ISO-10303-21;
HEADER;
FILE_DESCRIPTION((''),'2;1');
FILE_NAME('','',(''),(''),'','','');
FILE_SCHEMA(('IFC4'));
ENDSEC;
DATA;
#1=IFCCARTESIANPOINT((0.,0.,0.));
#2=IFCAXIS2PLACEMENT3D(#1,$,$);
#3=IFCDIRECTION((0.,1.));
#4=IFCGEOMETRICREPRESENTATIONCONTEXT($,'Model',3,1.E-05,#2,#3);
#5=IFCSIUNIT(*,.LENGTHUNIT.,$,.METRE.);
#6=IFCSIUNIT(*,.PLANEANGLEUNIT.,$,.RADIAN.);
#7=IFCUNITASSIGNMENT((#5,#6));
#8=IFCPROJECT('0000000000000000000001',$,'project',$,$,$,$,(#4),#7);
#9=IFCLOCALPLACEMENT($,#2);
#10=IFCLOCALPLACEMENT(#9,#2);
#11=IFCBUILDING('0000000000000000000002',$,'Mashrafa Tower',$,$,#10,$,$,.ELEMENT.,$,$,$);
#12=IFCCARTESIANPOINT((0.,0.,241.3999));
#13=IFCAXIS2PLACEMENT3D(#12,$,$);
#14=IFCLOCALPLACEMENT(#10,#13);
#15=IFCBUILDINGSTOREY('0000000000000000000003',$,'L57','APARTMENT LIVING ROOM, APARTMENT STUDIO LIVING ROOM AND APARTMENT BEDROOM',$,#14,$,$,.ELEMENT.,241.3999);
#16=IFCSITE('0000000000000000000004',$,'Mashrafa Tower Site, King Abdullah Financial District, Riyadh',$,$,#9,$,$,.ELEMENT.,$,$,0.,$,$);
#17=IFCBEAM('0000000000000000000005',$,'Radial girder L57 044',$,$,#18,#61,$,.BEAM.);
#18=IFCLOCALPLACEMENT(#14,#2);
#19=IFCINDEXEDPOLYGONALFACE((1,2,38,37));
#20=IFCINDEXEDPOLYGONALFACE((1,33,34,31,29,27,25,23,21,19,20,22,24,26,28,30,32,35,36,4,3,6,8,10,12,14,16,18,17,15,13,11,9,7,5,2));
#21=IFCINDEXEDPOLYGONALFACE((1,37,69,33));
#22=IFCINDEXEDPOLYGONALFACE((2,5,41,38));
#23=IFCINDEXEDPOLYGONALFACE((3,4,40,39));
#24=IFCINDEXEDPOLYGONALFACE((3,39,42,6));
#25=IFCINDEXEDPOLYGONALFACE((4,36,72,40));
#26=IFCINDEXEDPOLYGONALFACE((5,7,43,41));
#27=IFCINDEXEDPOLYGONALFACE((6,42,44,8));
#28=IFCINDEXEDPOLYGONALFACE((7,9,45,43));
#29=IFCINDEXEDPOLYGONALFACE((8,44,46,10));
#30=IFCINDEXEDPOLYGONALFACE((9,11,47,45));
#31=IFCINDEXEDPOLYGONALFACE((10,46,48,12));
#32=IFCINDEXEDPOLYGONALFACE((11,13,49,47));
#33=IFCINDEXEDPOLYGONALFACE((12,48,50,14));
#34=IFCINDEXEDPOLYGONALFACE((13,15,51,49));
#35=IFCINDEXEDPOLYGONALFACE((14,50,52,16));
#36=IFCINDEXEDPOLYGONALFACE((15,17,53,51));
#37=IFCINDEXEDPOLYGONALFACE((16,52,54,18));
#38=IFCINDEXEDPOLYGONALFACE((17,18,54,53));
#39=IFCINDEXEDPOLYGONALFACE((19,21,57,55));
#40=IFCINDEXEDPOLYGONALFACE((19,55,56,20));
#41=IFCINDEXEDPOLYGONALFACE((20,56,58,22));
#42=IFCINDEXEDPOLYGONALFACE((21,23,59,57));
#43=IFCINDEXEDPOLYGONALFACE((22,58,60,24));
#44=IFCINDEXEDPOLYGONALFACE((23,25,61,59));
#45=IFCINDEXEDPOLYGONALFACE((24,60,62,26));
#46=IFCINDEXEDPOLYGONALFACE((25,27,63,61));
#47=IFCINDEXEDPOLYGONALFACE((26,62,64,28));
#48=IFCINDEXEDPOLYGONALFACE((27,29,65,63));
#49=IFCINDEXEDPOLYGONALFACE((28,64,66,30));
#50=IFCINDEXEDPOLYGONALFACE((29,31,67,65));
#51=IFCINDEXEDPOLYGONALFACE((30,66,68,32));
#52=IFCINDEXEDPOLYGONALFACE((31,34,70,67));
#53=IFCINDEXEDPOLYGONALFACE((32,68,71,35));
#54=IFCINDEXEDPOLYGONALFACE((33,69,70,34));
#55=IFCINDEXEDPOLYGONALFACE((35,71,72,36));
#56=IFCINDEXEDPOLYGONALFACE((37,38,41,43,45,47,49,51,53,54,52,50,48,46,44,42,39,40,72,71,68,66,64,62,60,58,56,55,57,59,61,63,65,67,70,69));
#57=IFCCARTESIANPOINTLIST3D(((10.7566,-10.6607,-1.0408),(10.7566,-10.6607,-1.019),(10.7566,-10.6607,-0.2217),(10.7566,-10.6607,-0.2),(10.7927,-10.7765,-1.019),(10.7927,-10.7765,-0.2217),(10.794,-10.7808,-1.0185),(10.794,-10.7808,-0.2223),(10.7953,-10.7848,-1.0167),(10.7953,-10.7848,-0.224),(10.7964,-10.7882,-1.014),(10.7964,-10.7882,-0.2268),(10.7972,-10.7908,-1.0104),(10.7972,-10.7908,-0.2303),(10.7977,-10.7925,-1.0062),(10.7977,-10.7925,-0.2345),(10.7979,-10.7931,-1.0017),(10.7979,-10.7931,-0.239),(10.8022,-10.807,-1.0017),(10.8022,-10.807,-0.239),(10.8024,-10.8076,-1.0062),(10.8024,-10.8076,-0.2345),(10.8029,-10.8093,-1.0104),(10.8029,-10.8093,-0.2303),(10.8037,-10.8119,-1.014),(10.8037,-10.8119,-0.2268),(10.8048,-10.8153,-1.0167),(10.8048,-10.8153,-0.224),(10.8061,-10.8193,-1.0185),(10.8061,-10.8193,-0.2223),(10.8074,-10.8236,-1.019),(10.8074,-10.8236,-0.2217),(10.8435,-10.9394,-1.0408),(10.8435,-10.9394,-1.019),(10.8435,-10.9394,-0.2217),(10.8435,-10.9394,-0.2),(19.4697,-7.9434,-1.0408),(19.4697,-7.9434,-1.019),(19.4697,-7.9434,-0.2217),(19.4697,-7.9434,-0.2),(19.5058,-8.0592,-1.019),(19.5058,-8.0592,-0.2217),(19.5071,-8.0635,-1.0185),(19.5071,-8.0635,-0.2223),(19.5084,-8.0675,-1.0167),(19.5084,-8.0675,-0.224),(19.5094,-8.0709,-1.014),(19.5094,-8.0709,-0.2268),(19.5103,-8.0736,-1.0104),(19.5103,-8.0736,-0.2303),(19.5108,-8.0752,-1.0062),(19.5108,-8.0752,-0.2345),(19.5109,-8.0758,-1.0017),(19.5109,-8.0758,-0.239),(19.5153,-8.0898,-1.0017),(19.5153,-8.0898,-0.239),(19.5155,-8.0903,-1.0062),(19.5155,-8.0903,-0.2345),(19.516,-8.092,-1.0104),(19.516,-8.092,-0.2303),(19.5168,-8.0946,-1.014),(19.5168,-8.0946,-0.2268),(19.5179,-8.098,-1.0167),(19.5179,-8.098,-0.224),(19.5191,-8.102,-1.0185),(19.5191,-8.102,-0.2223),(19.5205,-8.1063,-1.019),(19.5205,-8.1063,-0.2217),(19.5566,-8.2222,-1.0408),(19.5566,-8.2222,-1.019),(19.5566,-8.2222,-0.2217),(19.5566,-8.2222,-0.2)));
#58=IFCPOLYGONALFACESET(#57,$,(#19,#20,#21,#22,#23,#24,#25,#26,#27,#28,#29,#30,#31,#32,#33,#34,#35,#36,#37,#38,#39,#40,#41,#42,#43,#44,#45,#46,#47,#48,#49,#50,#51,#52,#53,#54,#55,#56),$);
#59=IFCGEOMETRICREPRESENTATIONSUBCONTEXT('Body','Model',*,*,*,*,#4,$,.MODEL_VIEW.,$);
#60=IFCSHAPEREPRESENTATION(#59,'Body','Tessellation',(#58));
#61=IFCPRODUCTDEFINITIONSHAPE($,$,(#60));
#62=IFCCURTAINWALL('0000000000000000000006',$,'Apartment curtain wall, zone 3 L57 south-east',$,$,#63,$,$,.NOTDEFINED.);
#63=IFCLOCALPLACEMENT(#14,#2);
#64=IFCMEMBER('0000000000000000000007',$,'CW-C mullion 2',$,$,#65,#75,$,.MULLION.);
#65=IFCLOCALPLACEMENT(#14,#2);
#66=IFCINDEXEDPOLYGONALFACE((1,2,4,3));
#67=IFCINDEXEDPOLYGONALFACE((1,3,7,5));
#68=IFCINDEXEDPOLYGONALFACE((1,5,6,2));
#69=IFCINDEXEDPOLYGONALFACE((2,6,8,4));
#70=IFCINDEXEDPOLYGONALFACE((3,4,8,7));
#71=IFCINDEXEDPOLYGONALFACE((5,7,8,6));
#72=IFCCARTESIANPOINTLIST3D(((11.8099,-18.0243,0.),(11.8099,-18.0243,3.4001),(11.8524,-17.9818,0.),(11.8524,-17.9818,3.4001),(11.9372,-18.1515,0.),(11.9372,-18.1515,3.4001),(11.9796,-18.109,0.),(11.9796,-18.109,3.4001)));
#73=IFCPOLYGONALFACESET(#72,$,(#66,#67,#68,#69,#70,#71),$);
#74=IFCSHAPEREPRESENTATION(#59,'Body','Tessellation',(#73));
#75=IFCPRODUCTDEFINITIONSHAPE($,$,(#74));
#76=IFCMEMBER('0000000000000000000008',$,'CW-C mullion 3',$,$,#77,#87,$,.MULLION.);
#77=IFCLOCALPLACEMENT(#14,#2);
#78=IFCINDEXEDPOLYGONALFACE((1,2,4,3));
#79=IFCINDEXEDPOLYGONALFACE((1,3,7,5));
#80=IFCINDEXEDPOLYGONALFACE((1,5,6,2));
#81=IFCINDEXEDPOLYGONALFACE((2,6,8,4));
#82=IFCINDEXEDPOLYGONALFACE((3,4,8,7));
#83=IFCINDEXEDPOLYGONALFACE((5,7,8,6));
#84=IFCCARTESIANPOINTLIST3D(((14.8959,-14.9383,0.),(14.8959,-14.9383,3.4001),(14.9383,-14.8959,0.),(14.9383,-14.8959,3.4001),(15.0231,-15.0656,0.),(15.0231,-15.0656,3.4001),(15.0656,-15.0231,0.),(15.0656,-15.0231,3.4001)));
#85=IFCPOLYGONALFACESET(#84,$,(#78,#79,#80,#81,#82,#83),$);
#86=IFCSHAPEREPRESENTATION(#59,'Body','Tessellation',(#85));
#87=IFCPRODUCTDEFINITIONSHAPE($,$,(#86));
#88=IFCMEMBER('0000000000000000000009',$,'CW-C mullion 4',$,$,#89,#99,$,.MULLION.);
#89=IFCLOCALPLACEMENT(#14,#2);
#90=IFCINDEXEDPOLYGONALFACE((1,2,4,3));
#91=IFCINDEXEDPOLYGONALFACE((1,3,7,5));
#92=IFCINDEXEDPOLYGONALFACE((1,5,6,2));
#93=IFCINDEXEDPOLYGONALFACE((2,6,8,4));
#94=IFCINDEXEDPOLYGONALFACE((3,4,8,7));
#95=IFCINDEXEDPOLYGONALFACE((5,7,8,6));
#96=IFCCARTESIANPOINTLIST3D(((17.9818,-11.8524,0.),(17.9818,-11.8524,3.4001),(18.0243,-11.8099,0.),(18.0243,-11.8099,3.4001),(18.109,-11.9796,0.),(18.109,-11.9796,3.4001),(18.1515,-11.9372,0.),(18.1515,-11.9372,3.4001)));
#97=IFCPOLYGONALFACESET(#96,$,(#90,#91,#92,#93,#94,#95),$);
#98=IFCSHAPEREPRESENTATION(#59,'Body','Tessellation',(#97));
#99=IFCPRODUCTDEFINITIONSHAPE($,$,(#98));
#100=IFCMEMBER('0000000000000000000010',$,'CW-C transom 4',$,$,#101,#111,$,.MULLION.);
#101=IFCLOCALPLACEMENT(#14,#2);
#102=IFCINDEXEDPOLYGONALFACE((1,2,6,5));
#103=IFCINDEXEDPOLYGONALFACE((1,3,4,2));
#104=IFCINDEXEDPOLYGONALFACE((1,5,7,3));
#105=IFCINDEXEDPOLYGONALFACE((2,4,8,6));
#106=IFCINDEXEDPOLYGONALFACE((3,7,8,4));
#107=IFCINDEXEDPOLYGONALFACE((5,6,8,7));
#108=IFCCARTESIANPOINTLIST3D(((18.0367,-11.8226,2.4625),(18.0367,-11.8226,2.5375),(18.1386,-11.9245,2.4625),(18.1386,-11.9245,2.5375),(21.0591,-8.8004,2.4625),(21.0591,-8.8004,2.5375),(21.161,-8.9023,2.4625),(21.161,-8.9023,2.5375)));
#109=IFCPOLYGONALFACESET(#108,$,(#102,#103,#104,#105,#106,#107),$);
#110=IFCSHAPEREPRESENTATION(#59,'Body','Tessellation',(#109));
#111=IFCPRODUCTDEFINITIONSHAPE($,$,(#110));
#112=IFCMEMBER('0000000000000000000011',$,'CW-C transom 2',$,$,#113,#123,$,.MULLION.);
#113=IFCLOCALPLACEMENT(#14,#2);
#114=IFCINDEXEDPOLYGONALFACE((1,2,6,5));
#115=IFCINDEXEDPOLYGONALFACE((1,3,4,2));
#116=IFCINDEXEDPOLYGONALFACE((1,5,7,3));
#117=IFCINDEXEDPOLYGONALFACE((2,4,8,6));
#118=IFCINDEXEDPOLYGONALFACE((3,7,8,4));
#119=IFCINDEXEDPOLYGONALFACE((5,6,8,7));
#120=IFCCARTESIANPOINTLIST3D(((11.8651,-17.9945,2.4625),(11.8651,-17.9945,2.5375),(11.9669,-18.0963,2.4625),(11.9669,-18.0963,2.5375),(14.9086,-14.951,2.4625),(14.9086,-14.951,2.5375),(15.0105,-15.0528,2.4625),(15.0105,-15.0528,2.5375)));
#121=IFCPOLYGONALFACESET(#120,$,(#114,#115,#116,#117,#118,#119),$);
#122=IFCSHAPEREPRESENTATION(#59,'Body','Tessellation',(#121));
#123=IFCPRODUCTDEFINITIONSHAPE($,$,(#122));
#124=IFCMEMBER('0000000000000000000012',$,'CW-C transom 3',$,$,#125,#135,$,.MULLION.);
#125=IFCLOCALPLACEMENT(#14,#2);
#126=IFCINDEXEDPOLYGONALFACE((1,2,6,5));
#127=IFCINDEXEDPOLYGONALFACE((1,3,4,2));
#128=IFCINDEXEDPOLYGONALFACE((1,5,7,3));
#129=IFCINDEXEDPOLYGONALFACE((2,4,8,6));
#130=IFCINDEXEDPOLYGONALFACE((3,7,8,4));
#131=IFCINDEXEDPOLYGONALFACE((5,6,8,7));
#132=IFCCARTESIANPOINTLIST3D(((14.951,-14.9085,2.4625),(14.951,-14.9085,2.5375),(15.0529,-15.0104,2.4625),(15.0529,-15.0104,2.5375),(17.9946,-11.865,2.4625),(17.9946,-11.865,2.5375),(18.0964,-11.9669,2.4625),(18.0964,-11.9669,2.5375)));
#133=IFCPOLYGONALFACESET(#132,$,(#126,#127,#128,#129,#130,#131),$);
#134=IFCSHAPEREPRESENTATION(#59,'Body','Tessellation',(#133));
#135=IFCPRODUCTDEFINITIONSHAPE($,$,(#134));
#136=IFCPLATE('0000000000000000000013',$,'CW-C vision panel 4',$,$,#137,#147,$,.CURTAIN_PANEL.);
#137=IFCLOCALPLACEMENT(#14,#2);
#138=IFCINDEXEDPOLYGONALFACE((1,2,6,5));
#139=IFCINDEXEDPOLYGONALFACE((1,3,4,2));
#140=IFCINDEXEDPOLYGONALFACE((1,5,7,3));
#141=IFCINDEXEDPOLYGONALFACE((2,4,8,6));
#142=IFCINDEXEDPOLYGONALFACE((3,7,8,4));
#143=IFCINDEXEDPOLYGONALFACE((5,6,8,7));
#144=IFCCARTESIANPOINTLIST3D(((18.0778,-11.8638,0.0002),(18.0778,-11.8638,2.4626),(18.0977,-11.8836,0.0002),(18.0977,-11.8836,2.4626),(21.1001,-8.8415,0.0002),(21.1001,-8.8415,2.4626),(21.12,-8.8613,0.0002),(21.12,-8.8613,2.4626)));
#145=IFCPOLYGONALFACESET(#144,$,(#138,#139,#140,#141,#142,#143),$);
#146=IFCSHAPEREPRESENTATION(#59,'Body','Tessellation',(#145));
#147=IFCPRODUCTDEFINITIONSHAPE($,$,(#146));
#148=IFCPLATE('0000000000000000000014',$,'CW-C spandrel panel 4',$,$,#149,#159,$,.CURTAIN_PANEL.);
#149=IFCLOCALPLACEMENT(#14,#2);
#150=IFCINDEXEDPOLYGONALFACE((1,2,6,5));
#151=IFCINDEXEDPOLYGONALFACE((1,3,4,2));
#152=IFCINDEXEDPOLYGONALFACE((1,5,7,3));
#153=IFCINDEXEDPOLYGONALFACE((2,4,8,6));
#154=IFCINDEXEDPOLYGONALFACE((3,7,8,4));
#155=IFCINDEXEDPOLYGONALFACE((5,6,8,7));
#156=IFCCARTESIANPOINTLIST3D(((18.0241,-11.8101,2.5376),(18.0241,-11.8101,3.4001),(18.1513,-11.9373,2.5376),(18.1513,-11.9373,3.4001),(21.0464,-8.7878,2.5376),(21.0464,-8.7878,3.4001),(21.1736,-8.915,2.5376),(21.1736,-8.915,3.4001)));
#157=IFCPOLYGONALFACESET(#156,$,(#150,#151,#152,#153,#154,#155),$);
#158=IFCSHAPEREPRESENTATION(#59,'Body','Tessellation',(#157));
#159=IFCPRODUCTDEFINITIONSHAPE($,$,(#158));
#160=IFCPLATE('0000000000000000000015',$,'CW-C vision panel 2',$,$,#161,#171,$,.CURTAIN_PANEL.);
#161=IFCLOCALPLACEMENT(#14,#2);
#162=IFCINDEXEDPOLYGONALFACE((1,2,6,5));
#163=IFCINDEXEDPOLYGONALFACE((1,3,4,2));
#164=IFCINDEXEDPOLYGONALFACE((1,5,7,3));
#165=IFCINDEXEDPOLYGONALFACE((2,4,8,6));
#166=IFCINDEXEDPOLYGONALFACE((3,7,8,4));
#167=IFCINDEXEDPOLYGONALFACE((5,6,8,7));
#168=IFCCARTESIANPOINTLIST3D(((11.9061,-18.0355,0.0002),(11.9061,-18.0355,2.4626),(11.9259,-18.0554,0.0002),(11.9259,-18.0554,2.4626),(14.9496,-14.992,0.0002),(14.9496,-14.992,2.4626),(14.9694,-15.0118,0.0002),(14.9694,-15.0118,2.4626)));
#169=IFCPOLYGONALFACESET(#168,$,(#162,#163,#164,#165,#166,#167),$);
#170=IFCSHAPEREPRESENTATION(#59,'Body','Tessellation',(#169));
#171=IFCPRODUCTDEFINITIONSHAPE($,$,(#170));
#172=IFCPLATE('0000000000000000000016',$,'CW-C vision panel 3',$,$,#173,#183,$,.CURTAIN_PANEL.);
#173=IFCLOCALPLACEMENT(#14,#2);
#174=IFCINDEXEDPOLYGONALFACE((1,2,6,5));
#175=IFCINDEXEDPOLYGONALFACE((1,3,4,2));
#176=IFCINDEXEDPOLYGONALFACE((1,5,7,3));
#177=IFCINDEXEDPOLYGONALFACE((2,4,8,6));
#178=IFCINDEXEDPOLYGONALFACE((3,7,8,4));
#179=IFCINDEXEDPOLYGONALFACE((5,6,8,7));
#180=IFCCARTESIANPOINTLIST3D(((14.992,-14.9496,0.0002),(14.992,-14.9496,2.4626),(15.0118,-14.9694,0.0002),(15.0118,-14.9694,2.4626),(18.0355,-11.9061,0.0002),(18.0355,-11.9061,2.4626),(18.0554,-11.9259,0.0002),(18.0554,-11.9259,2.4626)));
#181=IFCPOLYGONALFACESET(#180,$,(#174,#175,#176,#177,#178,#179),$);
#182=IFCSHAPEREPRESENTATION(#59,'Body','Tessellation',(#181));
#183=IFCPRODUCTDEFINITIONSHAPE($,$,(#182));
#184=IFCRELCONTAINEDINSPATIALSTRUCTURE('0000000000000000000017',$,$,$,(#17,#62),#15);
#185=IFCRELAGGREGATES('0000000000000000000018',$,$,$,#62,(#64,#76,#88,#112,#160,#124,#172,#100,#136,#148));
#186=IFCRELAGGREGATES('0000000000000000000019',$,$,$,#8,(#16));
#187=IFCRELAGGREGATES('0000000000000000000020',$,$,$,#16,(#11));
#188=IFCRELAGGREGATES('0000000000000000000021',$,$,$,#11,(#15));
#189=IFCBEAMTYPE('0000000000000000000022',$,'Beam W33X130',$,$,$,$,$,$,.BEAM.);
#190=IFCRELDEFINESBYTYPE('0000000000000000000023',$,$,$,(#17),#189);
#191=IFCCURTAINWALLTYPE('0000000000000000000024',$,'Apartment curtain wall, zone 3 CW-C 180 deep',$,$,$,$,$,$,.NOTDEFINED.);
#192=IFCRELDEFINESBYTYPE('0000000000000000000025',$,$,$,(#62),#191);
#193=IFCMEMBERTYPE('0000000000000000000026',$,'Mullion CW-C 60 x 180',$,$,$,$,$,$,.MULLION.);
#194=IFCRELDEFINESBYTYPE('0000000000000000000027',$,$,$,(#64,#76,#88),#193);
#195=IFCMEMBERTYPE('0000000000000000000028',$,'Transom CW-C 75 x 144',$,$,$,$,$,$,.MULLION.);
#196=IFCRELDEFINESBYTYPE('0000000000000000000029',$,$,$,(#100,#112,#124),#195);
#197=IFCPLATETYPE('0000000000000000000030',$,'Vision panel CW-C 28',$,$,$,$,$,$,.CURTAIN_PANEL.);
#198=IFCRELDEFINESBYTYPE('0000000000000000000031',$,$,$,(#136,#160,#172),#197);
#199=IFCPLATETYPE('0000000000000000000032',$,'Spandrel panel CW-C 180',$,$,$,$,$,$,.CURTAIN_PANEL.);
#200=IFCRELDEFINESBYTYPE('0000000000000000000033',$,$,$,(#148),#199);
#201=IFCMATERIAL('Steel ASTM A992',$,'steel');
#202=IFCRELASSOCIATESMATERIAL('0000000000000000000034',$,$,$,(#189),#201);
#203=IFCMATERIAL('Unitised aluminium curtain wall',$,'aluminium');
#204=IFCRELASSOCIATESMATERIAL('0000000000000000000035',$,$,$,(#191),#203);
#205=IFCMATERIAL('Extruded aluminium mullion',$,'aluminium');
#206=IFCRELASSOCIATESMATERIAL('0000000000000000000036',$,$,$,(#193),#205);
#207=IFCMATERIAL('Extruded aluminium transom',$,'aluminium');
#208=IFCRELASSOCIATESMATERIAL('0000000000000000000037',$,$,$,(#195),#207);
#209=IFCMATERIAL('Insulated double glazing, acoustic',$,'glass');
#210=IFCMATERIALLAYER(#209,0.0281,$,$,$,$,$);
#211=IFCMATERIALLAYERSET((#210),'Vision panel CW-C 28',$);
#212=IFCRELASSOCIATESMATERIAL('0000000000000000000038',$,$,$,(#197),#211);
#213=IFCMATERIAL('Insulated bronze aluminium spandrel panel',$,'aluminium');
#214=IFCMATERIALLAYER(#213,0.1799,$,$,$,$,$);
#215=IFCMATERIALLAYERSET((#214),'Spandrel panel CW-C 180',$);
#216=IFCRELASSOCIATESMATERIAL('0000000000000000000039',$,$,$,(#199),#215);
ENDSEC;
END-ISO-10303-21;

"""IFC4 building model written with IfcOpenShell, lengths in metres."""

from ifc_helpers import new_model, si_unit, direction, frame, origin, origin_2d, place, context, subcontext, project, spatial, rectangle, i_section, extrude, source, transform, mapped, material, layer, layer_set, material_profile, profile_set, type_object, type_shapes, element, aggregate, save


model = new_model("IFC4")

# Units and contexts
model_context = context("Model", 3, precision=1e-05, world=origin(), true_north=direction((0.0, 1.0)))
body_context = subcontext(model_context, "Body", "Model", "MODEL_VIEW")
ifc_project = project(units=[si_unit("LENGTHUNIT", "METRE"), si_unit("PLANEANGLEUNIT", "RADIAN")], contexts=[model_context])

# Site, building, storey
site_placement = place(None, origin())
site = spatial("IfcSite", under=ifc_project, at=site_placement, Name="Mashrafa Tower Site, King Abdullah Financial District, Riyadh", CompositionType="ELEMENT", RefElevation=0.0)
building_placement = place(site_placement, origin())
building = spatial("IfcBuilding", under=site, at=building_placement, Name="Mashrafa Tower", CompositionType="ELEMENT")
storey_placement = place(building_placement, frame((0.0, 0.0, 241.3999)))
storey = spatial("IfcBuildingStorey", under=building, at=storey_placement, Name="L57", Description="APARTMENT LIVING ROOM, APARTMENT STUDIO LIVING ROOM AND APARTMENT BEDROOM", CompositionType="ELEMENT", Elevation=241.3999)

# Beam
ifc_material_1 = material(Name="Steel ASTM A992", Category="steel")
ifc_material_profile_1 = material_profile(ifc_material_1, i_section(OverallWidth=0.292, OverallDepth=0.8408, WebThickness=0.0146, FlangeThickness=0.0217, FilletRadius=0.0173, at=origin_2d()), Name="W33X130")
ifc_profile_set_1 = profile_set([ifc_material_profile_1], Name="Steel ASTM A992")
beam_type_1 = type_object("IfcBeamType", Name="Beam W33X130", PredefinedType="BEAM", material=ifc_profile_set_1)
beam_1_placement = place(storey_placement, frame((10.8, -10.8, -0.6204), z_axis=(0.954654, 0.297719, 0.0), x_axis=(-0.297719, 0.954654, 0.0)))
element("IfcBeam", 1, at=beam_1_placement, inside=storey, type_object=beam_type_1, Name="Radial girder L57 044", PredefinedType="BEAM", context=body_context, shape_type="SweptSolid", body=[
    extrude(i_section(OverallWidth=0.292, OverallDepth=0.8408, WebThickness=0.0146, FlangeThickness=0.0217, FilletRadius=0.0173, at=origin_2d()), origin(), (0.0, 0.0, 1.0), 9.127),
])

# Curtain wall, members, plates
ifc_material_2 = material(Name="Unitised aluminium curtain wall", Category="aluminium")
curtain_wall_type = type_object("IfcCurtainWallType", Name="Apartment curtain wall, zone 3 CW-C 180 deep", PredefinedType="NOTDEFINED", material=ifc_material_2)
curtain_wall_placement = place(storey_placement, origin())
curtain_wall = element("IfcCurtainWall", 2, at=curtain_wall_placement, inside=storey, type_object=curtain_wall_type, Name="Apartment curtain wall, zone 3 L57 south-east", PredefinedType="NOTDEFINED")
ifc_material_3 = material(Name="Extruded aluminium mullion", Category="aluminium")
ifc_material_profile_2 = material_profile(ifc_material_3, rectangle(XDim=0.1799, YDim=0.0601, at=origin_2d()), Name="Mullion 60x180")
ifc_profile_set_2 = profile_set([ifc_material_profile_2], Name="Extruded aluminium mullion")
member_type_1 = type_object("IfcMemberType", Name="Mullion CW-C 60 x 180", PredefinedType="MULLION", material=ifc_profile_set_2)
shared_shape_1 = source(origin(), body_context, "Body", "SweptSolid", [
    extrude(rectangle(XDim=0.1799, YDim=0.0601, at=origin_2d()), origin(), (0.0, 0.0, 1.0), 3.4001),
])
type_shapes(member_type_1, [shared_shape_1])
member_1_placement = place(storey_placement, frame((11.8948, -18.0667, 0.0), z_axis=(0.0, 0.0, 1.0), x_axis=(-0.707107, 0.707107, 0.0)))
member_1 = element("IfcMember", 3, at=member_1_placement, type_object=member_type_1, Name="CW-C mullion 2", PredefinedType="MULLION", context=body_context, shape_type="MappedRepresentation", body=[
    mapped(shared_shape_1, transform((0.0, 0.0, 0.0))),
])
member_2_placement = place(storey_placement, frame((14.9807, -14.9807, 0.0), z_axis=(0.0, 0.0, 1.0), x_axis=(-0.707107, 0.707107, 0.0)))
member_2 = element("IfcMember", 4, at=member_2_placement, type_object=member_type_1, Name="CW-C mullion 3", PredefinedType="MULLION", context=body_context, shape_type="MappedRepresentation", body=[
    mapped(shared_shape_1, transform((0.0, 0.0, 0.0))),
])
member_3_placement = place(storey_placement, frame((18.0667, -11.8948, 0.0), z_axis=(0.0, 0.0, 1.0), x_axis=(-0.707107, 0.707107, 0.0)))
member_3 = element("IfcMember", 5, at=member_3_placement, type_object=member_type_1, Name="CW-C mullion 4", PredefinedType="MULLION", context=body_context, shape_type="MappedRepresentation", body=[
    mapped(shared_shape_1, transform((0.0, 0.0, 0.0))),
])
ifc_material_4 = material(Name="Extruded aluminium transom", Category="aluminium")
ifc_material_profile_3 = material_profile(ifc_material_4, rectangle(XDim=0.144, YDim=0.075, at=origin_2d()), Name="Transom 75x144")
ifc_profile_set_3 = profile_set([ifc_material_profile_3], Name="Extruded aluminium transom")
member_type_2 = type_object("IfcMemberType", Name="Transom CW-C 75 x 144", PredefinedType="MULLION", material=ifc_profile_set_3)
shared_shape_2 = source(origin(), body_context, "Body", "SweptSolid", [
    extrude(rectangle(XDim=0.144, YDim=0.075, at=origin_2d()), origin(), (0.0, 0.0, 1.0), 4.2742),
])
member_4_placement = place(storey_placement, frame((18.0876, -11.8735, 2.5), z_axis=(0.707135, 0.707078, 0.0), x_axis=(-0.707078, 0.707135, 0.0)))
member_4 = element("IfcMember", 6, at=member_4_placement, type_object=member_type_2, Name="CW-C transom 4", PredefinedType="MULLION", context=body_context, shape_type="MappedRepresentation", body=[
    mapped(shared_shape_2, transform((0.0, 0.0, 0.0))),
])
shared_shape_3 = source(origin(), body_context, "Body", "SweptSolid", [
    extrude(rectangle(XDim=0.144, YDim=0.075, at=origin_2d()), origin(), (0.0, 0.0, 1.0), 4.3042),
])
type_shapes(member_type_2, [shared_shape_2, shared_shape_3])
member_5_placement = place(storey_placement, frame((11.916, -18.0454, 2.5), z_axis=(0.707107, 0.707107, 0.0), x_axis=(-0.707107, 0.707107, 0.0)))
member_5 = element("IfcMember", 7, at=member_5_placement, type_object=member_type_2, Name="CW-C transom 2", PredefinedType="MULLION", context=body_context, shape_type="MappedRepresentation", body=[
    mapped(shared_shape_3, transform((0.0, 0.0, 0.0))),
])
member_6_placement = place(storey_placement, frame((15.002, -14.9595, 2.5), z_axis=(0.707107, 0.707107, 0.0), x_axis=(-0.707107, 0.707107, 0.0)))
member_6 = element("IfcMember", 8, at=member_6_placement, type_object=member_type_2, Name="CW-C transom 3", PredefinedType="MULLION", context=body_context, shape_type="MappedRepresentation", body=[
    mapped(shared_shape_3, transform((0.0, 0.0, 0.0))),
])
ifc_material_5 = material(Name="Insulated double glazing, acoustic", Category="glass")
ifc_layer_1 = layer(ifc_material_5, 0.0281)
ifc_layer_set_1 = layer_set([ifc_layer_1], Name="Vision panel CW-C 28")
plate_type_1 = type_object("IfcPlateType", Name="Vision panel CW-C 28", PredefinedType="CURTAIN_PANEL", material=ifc_layer_set_1)
shared_shape_4 = source(origin(), body_context, "Body", "SweptSolid", [
    extrude(rectangle(XDim=4.2742, YDim=0.0281, at=origin_2d()), origin(), (0.0, 0.0, 1.0), 2.4624),
])
plate_1_placement = place(storey_placement, frame((19.5989, -10.3625, 0.0002), z_axis=(0.0, 0.0, 1.0), x_axis=(0.707107, 0.707107, 0.0)))
plate_1 = element("IfcPlate", 9, at=plate_1_placement, type_object=plate_type_1, Name="CW-C vision panel 4", PredefinedType="CURTAIN_PANEL", context=body_context, shape_type="MappedRepresentation", body=[
    mapped(shared_shape_4, transform((0.0, 0.0, 0.0))),
])
ifc_material_6 = material(Name="Insulated bronze aluminium spandrel panel", Category="aluminium")
ifc_layer_2 = layer(ifc_material_6, 0.1799)
ifc_layer_set_2 = layer_set([ifc_layer_2], Name="Spandrel panel CW-C 180")
plate_type_2 = type_object("IfcPlateType", Name="Spandrel panel CW-C 180", PredefinedType="CURTAIN_PANEL", material=ifc_layer_set_2)
shared_shape_5 = source(origin(), body_context, "Body", "SweptSolid", [
    extrude(rectangle(XDim=4.2742, YDim=0.1799, at=origin_2d()), origin(), (0.0, 0.0, 1.0), 0.8625),
])
plate_2_placement = place(storey_placement, frame((19.5989, -10.3625, 2.5376), z_axis=(0.0, 0.0, 1.0), x_axis=(0.707107, 0.707107, 0.0)))
plate_2 = element("IfcPlate", 10, at=plate_2_placement, type_object=plate_type_2, Name="CW-C spandrel panel 4", PredefinedType="CURTAIN_PANEL", context=body_context, shape_type="MappedRepresentation", body=[
    mapped(shared_shape_5, transform((0.0, 0.0, 0.0))),
])
shared_shape_6 = source(origin(), body_context, "Body", "SweptSolid", [
    extrude(rectangle(XDim=4.3042, YDim=0.0281, at=origin_2d()), origin(), (0.0, 0.0, 1.0), 2.4624),
])
type_shapes(plate_type_1, [shared_shape_4, shared_shape_6])
plate_3_placement = place(storey_placement, frame((13.4377, -16.5237, 0.0002), z_axis=(0.0, 0.0, 1.0), x_axis=(0.707107, 0.707107, 0.0)))
plate_3 = element("IfcPlate", 11, at=plate_3_placement, type_object=plate_type_1, Name="CW-C vision panel 2", PredefinedType="CURTAIN_PANEL", context=body_context, shape_type="MappedRepresentation", body=[
    mapped(shared_shape_6, transform((0.0, 0.0, 0.0))),
])
plate_4_placement = place(storey_placement, frame((16.5237, -13.4377, 0.0002), z_axis=(0.0, 0.0, 1.0), x_axis=(0.707107, 0.707107, 0.0)))
plate_4 = element("IfcPlate", 12, at=plate_4_placement, type_object=plate_type_1, Name="CW-C vision panel 3", PredefinedType="CURTAIN_PANEL", context=body_context, shape_type="MappedRepresentation", body=[
    mapped(shared_shape_6, transform((0.0, 0.0, 0.0))),
])
aggregate(curtain_wall, [member_1, member_2, member_3, member_5, plate_3, member_6, plate_4, member_4, plate_1, plate_2])

save(model, "model.ifc")
